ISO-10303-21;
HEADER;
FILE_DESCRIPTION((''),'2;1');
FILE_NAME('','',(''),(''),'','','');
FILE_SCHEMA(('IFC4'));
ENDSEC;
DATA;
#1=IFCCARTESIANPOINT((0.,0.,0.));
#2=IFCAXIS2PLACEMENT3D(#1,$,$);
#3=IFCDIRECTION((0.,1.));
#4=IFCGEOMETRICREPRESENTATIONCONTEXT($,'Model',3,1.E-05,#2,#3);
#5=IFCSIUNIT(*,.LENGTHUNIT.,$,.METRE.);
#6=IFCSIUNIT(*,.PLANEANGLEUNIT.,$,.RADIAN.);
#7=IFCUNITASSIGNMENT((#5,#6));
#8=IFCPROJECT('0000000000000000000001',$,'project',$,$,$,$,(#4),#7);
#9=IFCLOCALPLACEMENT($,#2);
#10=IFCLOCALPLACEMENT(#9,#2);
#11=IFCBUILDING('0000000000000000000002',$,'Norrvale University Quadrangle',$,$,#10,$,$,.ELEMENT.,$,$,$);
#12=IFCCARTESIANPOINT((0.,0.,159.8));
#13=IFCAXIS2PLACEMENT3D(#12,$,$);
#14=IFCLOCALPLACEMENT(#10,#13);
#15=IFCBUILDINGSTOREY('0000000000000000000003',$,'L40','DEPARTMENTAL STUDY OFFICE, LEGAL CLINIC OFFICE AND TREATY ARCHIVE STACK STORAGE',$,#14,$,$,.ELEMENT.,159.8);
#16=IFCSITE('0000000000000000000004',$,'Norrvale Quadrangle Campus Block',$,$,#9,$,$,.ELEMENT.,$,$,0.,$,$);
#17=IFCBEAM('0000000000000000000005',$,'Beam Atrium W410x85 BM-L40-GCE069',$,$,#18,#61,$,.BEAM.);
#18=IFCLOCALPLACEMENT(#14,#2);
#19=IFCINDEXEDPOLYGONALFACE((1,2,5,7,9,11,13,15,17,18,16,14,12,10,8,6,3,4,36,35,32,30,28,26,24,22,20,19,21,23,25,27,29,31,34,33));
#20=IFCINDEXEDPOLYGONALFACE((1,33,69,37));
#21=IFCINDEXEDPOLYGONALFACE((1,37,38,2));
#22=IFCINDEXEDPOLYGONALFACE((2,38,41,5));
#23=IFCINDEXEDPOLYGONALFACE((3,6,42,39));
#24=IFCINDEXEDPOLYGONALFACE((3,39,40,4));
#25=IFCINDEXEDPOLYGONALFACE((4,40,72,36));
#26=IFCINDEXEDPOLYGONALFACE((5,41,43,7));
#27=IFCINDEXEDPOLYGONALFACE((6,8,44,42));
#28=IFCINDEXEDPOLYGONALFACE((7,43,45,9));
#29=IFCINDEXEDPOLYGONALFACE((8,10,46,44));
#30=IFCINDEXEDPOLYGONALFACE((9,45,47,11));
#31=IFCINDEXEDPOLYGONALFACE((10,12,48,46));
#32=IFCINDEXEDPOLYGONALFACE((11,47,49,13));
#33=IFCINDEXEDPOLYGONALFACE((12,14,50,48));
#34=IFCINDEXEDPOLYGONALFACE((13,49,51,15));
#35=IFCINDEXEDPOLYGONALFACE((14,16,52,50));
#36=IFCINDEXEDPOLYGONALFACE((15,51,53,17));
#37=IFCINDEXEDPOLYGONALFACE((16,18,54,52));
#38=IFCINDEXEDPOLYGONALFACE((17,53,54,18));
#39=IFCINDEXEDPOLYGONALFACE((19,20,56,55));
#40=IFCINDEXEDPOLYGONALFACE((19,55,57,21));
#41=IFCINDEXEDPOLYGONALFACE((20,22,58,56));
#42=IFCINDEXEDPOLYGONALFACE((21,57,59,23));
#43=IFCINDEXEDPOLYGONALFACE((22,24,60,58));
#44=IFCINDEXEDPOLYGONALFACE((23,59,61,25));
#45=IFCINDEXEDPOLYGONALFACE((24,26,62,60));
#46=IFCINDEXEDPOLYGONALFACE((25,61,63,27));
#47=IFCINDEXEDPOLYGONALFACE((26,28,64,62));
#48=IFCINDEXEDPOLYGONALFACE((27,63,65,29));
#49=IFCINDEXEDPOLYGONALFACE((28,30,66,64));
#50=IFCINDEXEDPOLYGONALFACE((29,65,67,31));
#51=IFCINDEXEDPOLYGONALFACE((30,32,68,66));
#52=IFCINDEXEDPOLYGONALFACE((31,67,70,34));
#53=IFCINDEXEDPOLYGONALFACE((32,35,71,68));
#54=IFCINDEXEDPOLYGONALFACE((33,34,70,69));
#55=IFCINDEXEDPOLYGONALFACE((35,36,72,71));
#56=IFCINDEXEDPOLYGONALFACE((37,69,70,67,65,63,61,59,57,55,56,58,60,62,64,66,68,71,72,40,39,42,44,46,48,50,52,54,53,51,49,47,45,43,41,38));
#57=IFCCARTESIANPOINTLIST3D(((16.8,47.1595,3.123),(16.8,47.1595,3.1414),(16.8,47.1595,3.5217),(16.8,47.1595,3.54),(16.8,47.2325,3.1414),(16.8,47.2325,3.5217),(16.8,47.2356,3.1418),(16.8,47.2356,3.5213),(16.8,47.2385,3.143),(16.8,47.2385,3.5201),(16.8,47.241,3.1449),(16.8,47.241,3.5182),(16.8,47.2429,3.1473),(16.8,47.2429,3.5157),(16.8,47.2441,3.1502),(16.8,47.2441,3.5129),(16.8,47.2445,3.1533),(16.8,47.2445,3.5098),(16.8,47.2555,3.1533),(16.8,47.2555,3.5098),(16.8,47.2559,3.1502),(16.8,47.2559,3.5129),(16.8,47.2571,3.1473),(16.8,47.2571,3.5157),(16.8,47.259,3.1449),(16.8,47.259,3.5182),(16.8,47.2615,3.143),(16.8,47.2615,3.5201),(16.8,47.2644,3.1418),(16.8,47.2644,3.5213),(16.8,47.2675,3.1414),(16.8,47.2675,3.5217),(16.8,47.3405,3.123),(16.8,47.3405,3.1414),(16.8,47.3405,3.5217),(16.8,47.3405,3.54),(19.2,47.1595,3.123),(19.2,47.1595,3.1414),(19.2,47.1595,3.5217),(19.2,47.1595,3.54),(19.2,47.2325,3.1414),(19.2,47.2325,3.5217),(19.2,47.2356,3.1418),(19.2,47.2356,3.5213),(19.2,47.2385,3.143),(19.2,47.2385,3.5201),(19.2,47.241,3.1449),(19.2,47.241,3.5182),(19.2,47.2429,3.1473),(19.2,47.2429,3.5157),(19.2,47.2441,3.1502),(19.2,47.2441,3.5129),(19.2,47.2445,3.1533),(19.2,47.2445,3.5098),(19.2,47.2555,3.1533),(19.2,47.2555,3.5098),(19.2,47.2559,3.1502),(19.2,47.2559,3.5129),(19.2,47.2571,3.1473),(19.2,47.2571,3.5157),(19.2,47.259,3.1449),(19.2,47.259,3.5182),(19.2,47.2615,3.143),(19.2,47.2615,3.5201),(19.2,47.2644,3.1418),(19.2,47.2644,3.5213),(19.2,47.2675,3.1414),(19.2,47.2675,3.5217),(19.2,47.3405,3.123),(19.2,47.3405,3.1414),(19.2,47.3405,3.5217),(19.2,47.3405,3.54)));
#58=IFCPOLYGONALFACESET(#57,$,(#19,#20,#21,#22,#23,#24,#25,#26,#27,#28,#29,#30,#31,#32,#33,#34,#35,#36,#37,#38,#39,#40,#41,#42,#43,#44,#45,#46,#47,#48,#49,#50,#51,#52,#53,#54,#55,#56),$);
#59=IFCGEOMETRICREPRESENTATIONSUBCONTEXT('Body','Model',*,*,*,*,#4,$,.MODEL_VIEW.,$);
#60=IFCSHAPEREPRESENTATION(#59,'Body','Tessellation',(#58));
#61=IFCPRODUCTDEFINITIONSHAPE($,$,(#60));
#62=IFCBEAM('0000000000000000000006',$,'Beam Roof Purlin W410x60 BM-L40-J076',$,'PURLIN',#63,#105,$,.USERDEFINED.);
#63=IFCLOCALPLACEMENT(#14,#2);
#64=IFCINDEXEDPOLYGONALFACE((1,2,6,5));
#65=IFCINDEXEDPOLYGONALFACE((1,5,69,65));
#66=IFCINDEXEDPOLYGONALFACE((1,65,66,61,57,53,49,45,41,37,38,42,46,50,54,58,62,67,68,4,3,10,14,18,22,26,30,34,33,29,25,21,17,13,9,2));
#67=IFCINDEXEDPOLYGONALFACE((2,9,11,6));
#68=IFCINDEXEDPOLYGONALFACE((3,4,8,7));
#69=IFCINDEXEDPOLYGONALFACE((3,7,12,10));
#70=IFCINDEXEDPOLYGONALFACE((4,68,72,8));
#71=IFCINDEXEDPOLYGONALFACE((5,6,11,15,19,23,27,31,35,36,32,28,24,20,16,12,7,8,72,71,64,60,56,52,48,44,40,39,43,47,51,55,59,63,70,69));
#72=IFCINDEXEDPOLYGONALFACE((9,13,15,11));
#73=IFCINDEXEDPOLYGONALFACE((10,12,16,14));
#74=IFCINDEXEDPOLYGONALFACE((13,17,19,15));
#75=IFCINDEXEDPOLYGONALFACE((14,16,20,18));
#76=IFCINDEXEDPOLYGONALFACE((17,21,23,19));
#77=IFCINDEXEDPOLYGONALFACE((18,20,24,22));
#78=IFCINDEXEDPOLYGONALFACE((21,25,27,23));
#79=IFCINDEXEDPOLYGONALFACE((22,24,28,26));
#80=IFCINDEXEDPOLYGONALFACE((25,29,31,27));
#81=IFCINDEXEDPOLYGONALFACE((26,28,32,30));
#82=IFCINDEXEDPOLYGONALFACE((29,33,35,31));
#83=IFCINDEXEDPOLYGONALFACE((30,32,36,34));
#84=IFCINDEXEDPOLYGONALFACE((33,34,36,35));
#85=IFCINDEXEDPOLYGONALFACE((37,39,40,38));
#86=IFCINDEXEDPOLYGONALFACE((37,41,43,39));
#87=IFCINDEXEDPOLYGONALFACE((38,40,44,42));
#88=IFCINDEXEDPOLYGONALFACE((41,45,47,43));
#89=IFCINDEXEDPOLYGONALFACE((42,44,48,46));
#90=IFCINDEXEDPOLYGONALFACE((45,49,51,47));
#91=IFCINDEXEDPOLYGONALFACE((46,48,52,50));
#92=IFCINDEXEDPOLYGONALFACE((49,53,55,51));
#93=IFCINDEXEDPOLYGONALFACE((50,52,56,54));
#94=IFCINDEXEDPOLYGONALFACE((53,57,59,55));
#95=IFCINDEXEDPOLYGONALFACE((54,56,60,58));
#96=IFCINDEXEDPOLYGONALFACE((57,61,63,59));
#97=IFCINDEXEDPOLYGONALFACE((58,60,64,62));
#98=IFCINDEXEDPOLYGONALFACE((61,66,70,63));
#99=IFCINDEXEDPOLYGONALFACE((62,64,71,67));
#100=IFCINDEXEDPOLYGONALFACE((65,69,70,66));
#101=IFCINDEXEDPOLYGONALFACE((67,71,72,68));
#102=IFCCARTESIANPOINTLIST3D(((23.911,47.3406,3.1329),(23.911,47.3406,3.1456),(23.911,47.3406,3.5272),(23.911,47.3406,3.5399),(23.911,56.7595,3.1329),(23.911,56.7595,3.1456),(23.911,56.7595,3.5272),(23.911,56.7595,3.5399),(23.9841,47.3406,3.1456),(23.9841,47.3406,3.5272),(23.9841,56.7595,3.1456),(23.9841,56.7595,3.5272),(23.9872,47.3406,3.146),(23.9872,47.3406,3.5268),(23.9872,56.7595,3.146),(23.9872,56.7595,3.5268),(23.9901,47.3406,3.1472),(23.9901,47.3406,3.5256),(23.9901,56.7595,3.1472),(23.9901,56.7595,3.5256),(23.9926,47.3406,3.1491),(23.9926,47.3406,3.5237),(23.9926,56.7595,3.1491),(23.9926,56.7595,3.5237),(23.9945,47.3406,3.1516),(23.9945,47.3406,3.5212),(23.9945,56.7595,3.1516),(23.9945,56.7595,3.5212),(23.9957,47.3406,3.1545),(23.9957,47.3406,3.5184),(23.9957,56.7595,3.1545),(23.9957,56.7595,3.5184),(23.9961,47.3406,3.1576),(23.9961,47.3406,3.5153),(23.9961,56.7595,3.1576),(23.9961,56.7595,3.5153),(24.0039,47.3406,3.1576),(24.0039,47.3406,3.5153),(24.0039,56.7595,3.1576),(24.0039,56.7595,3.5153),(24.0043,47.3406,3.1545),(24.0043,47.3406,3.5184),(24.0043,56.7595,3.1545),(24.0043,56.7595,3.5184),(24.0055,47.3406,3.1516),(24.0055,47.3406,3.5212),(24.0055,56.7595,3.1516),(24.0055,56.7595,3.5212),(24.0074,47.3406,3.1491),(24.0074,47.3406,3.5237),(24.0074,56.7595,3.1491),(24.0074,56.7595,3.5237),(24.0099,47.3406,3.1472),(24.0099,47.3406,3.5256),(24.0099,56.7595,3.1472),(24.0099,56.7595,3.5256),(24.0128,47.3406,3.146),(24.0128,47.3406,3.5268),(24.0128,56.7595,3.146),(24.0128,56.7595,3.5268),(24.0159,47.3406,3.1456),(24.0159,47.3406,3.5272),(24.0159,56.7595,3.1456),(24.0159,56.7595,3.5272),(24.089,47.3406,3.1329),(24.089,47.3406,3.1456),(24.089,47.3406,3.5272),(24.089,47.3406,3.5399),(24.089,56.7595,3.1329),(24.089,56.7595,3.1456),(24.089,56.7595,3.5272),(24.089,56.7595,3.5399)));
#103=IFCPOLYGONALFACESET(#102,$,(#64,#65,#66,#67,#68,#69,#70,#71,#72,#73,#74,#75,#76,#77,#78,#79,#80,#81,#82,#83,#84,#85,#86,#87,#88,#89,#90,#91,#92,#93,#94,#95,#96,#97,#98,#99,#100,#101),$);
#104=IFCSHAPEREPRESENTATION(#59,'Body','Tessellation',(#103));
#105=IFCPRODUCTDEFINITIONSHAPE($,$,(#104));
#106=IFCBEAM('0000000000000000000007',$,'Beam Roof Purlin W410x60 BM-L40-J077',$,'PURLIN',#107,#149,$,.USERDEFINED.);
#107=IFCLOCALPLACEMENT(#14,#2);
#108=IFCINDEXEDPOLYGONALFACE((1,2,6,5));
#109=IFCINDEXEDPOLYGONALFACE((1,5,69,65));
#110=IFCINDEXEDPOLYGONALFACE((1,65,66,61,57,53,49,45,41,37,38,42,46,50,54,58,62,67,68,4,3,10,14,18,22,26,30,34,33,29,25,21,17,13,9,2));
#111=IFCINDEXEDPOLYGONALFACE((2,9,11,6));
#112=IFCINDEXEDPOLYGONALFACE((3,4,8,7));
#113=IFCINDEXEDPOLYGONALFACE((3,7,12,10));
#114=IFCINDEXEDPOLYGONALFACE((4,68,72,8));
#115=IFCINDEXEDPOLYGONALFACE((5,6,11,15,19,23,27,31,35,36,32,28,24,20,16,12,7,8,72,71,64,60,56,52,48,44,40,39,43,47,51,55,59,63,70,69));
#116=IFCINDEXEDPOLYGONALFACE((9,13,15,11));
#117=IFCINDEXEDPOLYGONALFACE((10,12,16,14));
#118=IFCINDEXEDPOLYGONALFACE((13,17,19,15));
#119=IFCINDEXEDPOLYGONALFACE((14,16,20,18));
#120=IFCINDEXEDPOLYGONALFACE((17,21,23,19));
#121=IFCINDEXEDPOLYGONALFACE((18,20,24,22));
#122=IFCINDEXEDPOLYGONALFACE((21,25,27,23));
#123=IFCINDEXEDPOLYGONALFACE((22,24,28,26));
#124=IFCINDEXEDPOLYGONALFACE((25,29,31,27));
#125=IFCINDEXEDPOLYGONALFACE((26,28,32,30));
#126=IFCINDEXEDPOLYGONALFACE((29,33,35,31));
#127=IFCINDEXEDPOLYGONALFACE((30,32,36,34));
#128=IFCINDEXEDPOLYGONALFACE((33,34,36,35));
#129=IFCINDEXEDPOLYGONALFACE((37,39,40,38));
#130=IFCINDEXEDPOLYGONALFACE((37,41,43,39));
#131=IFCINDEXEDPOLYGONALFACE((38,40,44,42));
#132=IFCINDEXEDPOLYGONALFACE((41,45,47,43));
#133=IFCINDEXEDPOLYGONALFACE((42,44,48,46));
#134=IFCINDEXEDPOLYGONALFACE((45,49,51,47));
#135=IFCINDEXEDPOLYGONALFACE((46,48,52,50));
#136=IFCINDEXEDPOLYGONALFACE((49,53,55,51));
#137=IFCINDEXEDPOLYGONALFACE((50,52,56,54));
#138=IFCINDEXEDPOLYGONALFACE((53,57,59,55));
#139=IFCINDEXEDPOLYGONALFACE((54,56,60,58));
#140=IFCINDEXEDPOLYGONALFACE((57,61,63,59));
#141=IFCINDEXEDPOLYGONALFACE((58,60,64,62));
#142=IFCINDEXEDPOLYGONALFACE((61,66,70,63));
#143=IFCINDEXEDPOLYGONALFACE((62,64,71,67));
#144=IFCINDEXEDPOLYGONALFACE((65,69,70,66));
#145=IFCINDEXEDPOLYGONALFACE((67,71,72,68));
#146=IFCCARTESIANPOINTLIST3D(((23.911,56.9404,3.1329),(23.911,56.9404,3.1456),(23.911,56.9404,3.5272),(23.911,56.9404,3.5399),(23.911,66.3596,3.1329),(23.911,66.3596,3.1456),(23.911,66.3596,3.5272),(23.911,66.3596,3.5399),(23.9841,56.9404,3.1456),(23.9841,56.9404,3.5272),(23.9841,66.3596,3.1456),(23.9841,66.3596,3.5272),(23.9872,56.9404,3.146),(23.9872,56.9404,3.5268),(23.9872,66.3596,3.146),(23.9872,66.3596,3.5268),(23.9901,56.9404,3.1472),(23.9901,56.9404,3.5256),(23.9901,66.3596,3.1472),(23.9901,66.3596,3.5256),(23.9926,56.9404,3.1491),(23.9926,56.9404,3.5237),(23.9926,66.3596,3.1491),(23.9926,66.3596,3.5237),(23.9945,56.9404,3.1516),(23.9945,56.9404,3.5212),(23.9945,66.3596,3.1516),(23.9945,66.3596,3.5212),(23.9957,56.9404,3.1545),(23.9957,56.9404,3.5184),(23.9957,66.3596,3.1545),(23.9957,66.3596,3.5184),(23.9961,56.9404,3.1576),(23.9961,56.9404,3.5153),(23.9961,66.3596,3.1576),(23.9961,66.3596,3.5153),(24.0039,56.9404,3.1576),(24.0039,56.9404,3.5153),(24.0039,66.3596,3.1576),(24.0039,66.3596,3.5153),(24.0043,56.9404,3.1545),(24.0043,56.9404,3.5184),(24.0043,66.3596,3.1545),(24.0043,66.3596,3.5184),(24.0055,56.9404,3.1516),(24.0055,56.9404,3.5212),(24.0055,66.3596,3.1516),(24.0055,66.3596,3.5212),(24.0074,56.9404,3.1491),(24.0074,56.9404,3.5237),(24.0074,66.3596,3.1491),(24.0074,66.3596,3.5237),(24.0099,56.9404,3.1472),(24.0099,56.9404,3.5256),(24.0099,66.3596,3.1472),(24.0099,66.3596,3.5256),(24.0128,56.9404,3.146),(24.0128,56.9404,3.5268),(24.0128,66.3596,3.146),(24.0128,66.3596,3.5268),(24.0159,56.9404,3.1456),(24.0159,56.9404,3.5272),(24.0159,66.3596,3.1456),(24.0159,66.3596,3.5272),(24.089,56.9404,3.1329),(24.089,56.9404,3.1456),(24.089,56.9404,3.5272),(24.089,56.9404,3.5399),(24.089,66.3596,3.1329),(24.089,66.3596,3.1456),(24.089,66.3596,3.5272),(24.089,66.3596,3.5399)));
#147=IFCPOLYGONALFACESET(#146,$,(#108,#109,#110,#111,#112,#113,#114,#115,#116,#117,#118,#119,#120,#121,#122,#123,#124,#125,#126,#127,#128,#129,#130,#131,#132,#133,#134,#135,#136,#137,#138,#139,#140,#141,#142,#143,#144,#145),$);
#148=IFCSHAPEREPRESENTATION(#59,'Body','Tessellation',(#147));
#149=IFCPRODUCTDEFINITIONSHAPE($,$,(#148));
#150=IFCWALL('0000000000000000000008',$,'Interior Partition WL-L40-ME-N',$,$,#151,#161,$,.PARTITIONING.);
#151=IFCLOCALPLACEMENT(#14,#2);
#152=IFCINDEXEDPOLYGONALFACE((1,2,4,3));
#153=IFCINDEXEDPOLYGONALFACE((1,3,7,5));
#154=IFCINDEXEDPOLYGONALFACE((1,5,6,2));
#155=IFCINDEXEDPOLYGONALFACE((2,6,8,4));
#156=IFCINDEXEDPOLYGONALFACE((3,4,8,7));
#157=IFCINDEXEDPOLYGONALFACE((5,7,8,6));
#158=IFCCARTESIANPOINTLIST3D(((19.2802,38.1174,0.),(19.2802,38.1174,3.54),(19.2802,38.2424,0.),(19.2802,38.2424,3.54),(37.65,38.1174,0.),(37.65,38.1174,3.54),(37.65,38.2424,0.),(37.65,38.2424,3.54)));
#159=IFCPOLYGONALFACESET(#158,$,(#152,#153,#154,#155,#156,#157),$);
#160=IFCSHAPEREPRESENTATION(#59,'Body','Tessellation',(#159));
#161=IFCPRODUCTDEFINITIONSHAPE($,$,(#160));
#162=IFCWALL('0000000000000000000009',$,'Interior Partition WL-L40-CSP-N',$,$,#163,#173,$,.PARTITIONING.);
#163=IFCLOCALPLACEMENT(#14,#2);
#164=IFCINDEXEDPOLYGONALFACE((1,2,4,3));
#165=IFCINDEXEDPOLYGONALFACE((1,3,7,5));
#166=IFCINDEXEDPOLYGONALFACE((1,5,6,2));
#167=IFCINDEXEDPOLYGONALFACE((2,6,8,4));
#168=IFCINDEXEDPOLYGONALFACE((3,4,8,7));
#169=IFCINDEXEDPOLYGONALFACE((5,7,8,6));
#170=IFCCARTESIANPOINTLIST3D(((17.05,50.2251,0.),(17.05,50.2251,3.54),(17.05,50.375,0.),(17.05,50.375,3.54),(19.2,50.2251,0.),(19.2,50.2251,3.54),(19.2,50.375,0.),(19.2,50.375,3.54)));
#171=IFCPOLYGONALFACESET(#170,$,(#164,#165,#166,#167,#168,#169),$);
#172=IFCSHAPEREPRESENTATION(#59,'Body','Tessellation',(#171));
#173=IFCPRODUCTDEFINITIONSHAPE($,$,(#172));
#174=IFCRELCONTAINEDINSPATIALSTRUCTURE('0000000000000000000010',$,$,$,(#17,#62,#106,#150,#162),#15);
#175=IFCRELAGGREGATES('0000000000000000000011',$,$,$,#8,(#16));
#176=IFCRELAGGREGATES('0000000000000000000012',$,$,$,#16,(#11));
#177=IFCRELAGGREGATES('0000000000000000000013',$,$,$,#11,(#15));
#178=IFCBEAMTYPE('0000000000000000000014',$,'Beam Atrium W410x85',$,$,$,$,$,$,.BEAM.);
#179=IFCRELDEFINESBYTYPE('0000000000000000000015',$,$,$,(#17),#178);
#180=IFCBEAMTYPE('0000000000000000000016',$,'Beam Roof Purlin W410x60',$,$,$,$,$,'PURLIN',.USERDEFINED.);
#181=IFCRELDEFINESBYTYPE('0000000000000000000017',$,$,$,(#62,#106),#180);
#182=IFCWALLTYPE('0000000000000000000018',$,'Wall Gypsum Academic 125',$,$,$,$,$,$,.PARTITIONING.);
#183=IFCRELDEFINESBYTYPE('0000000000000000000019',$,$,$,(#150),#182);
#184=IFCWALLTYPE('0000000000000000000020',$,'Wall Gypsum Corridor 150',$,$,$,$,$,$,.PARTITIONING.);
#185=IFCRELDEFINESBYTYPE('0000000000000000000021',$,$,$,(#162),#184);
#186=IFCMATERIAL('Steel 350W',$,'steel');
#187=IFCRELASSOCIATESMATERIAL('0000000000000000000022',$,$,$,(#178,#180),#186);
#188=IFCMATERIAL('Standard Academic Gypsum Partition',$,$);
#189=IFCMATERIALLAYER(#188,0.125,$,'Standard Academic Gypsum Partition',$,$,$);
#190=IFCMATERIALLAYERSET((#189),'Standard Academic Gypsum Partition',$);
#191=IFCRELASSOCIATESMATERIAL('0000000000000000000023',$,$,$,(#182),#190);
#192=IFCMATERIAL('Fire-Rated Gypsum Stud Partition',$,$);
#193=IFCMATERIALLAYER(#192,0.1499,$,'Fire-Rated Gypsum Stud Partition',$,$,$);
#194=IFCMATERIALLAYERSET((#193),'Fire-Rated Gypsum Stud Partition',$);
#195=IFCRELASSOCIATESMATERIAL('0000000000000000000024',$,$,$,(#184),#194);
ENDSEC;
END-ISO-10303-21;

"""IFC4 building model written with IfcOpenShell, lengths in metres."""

from ifc_helpers import new_model, si_unit, direction, frame, frame_2d, origin, origin_2d, place, context, subcontext, project, spatial, rectangle, i_section, extrude, material, layer, layer_set, material_profile, profile_set, type_object, element, save


model = new_model("IFC4")

# Units and contexts
model_context = context("Model", 3, precision=1e-05, world=origin(), true_north=direction((0.0, 1.0)))
body_context = subcontext(model_context, "Body", "Model", "MODEL_VIEW")
ifc_project = project(units=[si_unit("LENGTHUNIT", "METRE"), si_unit("PLANEANGLEUNIT", "RADIAN")], contexts=[model_context])

# Site, building, storey
site_placement = place(None, origin())
site = spatial("IfcSite", under=ifc_project, at=site_placement, Name="Norrvale Quadrangle Campus Block", CompositionType="ELEMENT", RefElevation=0.0)
building_placement = place(site_placement, origin())
building = spatial("IfcBuilding", under=site, at=building_placement, Name="Norrvale University Quadrangle", CompositionType="ELEMENT")
storey_placement = place(building_placement, frame((0.0, 0.0, 159.8)))
storey = spatial("IfcBuildingStorey", under=building, at=storey_placement, Name="L40", Description="DEPARTMENTAL STUDY OFFICE, LEGAL CLINIC OFFICE AND TREATY ARCHIVE STACK STORAGE", CompositionType="ELEMENT", Elevation=159.8)

# Beams
ifc_material_1 = material(Name="Steel 350W", Category="steel")
ifc_material_profile_1 = material_profile(ifc_material_1, i_section(OverallWidth=0.1809, OverallDepth=0.417, WebThickness=0.011, FlangeThickness=0.0183, FilletRadius=0.012, at=origin_2d()), Name="Steel 350W")
ifc_profile_set_1 = profile_set([ifc_material_profile_1], Name="Steel 350W")
beam_type_1 = type_object("IfcBeamType", Name="Beam Atrium W410x85", PredefinedType="BEAM", material=ifc_profile_set_1)
beam_1_placement = place(storey_placement, frame((16.8, 47.25, 3.3315), z_axis=(1.0, 0.0, 0.0), x_axis=(0.0, 1.0, 0.0)))
element("IfcBeam", 1, at=beam_1_placement, inside=storey, type_object=beam_type_1, Name="Beam Atrium W410x85 BM-L40-GCE069", PredefinedType="BEAM", context=body_context, shape_type="SweptSolid", body=[
    extrude(i_section(OverallWidth=0.1809, OverallDepth=0.417, WebThickness=0.011, FlangeThickness=0.0183, FilletRadius=0.012, at=origin_2d()), origin(), (0.0, 0.0, 1.0), 2.3999),
])
ifc_material_profile_2 = material_profile(ifc_material_1, i_section(OverallWidth=0.178, OverallDepth=0.407, WebThickness=0.0078, FlangeThickness=0.0127, FilletRadius=0.012, at=origin_2d()), Name="Steel 350W")
ifc_profile_set_2 = profile_set([ifc_material_profile_2], Name="Steel 350W")
beam_type_2 = type_object("IfcBeamType", Name="Beam Roof Purlin W410x60", ElementType="PURLIN", PredefinedType="USERDEFINED", material=ifc_profile_set_2)
beam_2_placement = place(storey_placement, frame((24.0, 47.3406, 3.3364), z_axis=(0.0, 1.0, 0.0), x_axis=(-1.0, 0.0, 0.0)))
element("IfcBeam", 2, at=beam_2_placement, inside=storey, type_object=beam_type_2, Name="Beam Roof Purlin W410x60 BM-L40-J076", ObjectType="PURLIN", PredefinedType="USERDEFINED", context=body_context, shape_type="SweptSolid", body=[
    extrude(i_section(OverallWidth=0.178, OverallDepth=0.407, WebThickness=0.0078, FlangeThickness=0.0127, FilletRadius=0.012, at=origin_2d()), origin(), (0.0, 0.0, 1.0), 9.4189),
])
beam_3_placement = place(storey_placement, frame((24.0, 56.9404, 3.3364), z_axis=(0.0, 1.0, 0.0), x_axis=(-1.0, 0.0, 0.0)))
element("IfcBeam", 3, at=beam_3_placement, inside=storey, type_object=beam_type_2, Name="Beam Roof Purlin W410x60 BM-L40-J077", ObjectType="PURLIN", PredefinedType="USERDEFINED", context=body_context, shape_type="SweptSolid", body=[
    extrude(i_section(OverallWidth=0.178, OverallDepth=0.407, WebThickness=0.0078, FlangeThickness=0.0127, FilletRadius=0.012, at=origin_2d()), origin(), (0.0, 0.0, 1.0), 9.4192),
])

# Walls
ifc_material_2 = material(Name="Standard Academic Gypsum Partition")
ifc_layer_1 = layer(ifc_material_2, 0.125, Name="Standard Academic Gypsum Partition")
ifc_layer_set_1 = layer_set([ifc_layer_1], Name="Standard Academic Gypsum Partition")
wall_type_1 = type_object("IfcWallType", Name="Wall Gypsum Academic 125", PredefinedType="PARTITIONING", material=ifc_layer_set_1)
wall_1_placement = place(storey_placement, frame((19.28, 38.1799, 0.0), z_axis=(0.0, 0.0, 1.0), x_axis=(1.0, 0.0, 0.0)))
element("IfcWall", 4, at=wall_1_placement, inside=storey, type_object=wall_type_1, Name="Interior Partition WL-L40-ME-N", PredefinedType="PARTITIONING", context=body_context, shape_type="SweptSolid", body=[
    extrude(rectangle(XDim=18.3699, YDim=0.125, at=frame_2d((9.1851, 0.0))), origin(), (0.0, 0.0, 1.0), 3.54),
])
ifc_material_3 = material(Name="Fire-Rated Gypsum Stud Partition")
ifc_layer_2 = layer(ifc_material_3, 0.1499, Name="Fire-Rated Gypsum Stud Partition")
ifc_layer_set_2 = layer_set([ifc_layer_2], Name="Fire-Rated Gypsum Stud Partition")
wall_type_2 = type_object("IfcWallType", Name="Wall Gypsum Corridor 150", PredefinedType="PARTITIONING", material=ifc_layer_set_2)
wall_2_placement = place(storey_placement, frame((17.05, 50.3, 0.0), z_axis=(0.0, 0.0, 1.0), x_axis=(1.0, 0.0, 0.0)))
element("IfcWall", 5, at=wall_2_placement, inside=storey, type_object=wall_type_2, Name="Interior Partition WL-L40-CSP-N", PredefinedType="PARTITIONING", context=body_context, shape_type="SweptSolid", body=[
    extrude(rectangle(XDim=2.1499, YDim=0.1499, at=frame_2d((1.075, 0.0))), origin(), (0.0, 0.0, 1.0), 3.54),
])

save(model, "model.ifc")
